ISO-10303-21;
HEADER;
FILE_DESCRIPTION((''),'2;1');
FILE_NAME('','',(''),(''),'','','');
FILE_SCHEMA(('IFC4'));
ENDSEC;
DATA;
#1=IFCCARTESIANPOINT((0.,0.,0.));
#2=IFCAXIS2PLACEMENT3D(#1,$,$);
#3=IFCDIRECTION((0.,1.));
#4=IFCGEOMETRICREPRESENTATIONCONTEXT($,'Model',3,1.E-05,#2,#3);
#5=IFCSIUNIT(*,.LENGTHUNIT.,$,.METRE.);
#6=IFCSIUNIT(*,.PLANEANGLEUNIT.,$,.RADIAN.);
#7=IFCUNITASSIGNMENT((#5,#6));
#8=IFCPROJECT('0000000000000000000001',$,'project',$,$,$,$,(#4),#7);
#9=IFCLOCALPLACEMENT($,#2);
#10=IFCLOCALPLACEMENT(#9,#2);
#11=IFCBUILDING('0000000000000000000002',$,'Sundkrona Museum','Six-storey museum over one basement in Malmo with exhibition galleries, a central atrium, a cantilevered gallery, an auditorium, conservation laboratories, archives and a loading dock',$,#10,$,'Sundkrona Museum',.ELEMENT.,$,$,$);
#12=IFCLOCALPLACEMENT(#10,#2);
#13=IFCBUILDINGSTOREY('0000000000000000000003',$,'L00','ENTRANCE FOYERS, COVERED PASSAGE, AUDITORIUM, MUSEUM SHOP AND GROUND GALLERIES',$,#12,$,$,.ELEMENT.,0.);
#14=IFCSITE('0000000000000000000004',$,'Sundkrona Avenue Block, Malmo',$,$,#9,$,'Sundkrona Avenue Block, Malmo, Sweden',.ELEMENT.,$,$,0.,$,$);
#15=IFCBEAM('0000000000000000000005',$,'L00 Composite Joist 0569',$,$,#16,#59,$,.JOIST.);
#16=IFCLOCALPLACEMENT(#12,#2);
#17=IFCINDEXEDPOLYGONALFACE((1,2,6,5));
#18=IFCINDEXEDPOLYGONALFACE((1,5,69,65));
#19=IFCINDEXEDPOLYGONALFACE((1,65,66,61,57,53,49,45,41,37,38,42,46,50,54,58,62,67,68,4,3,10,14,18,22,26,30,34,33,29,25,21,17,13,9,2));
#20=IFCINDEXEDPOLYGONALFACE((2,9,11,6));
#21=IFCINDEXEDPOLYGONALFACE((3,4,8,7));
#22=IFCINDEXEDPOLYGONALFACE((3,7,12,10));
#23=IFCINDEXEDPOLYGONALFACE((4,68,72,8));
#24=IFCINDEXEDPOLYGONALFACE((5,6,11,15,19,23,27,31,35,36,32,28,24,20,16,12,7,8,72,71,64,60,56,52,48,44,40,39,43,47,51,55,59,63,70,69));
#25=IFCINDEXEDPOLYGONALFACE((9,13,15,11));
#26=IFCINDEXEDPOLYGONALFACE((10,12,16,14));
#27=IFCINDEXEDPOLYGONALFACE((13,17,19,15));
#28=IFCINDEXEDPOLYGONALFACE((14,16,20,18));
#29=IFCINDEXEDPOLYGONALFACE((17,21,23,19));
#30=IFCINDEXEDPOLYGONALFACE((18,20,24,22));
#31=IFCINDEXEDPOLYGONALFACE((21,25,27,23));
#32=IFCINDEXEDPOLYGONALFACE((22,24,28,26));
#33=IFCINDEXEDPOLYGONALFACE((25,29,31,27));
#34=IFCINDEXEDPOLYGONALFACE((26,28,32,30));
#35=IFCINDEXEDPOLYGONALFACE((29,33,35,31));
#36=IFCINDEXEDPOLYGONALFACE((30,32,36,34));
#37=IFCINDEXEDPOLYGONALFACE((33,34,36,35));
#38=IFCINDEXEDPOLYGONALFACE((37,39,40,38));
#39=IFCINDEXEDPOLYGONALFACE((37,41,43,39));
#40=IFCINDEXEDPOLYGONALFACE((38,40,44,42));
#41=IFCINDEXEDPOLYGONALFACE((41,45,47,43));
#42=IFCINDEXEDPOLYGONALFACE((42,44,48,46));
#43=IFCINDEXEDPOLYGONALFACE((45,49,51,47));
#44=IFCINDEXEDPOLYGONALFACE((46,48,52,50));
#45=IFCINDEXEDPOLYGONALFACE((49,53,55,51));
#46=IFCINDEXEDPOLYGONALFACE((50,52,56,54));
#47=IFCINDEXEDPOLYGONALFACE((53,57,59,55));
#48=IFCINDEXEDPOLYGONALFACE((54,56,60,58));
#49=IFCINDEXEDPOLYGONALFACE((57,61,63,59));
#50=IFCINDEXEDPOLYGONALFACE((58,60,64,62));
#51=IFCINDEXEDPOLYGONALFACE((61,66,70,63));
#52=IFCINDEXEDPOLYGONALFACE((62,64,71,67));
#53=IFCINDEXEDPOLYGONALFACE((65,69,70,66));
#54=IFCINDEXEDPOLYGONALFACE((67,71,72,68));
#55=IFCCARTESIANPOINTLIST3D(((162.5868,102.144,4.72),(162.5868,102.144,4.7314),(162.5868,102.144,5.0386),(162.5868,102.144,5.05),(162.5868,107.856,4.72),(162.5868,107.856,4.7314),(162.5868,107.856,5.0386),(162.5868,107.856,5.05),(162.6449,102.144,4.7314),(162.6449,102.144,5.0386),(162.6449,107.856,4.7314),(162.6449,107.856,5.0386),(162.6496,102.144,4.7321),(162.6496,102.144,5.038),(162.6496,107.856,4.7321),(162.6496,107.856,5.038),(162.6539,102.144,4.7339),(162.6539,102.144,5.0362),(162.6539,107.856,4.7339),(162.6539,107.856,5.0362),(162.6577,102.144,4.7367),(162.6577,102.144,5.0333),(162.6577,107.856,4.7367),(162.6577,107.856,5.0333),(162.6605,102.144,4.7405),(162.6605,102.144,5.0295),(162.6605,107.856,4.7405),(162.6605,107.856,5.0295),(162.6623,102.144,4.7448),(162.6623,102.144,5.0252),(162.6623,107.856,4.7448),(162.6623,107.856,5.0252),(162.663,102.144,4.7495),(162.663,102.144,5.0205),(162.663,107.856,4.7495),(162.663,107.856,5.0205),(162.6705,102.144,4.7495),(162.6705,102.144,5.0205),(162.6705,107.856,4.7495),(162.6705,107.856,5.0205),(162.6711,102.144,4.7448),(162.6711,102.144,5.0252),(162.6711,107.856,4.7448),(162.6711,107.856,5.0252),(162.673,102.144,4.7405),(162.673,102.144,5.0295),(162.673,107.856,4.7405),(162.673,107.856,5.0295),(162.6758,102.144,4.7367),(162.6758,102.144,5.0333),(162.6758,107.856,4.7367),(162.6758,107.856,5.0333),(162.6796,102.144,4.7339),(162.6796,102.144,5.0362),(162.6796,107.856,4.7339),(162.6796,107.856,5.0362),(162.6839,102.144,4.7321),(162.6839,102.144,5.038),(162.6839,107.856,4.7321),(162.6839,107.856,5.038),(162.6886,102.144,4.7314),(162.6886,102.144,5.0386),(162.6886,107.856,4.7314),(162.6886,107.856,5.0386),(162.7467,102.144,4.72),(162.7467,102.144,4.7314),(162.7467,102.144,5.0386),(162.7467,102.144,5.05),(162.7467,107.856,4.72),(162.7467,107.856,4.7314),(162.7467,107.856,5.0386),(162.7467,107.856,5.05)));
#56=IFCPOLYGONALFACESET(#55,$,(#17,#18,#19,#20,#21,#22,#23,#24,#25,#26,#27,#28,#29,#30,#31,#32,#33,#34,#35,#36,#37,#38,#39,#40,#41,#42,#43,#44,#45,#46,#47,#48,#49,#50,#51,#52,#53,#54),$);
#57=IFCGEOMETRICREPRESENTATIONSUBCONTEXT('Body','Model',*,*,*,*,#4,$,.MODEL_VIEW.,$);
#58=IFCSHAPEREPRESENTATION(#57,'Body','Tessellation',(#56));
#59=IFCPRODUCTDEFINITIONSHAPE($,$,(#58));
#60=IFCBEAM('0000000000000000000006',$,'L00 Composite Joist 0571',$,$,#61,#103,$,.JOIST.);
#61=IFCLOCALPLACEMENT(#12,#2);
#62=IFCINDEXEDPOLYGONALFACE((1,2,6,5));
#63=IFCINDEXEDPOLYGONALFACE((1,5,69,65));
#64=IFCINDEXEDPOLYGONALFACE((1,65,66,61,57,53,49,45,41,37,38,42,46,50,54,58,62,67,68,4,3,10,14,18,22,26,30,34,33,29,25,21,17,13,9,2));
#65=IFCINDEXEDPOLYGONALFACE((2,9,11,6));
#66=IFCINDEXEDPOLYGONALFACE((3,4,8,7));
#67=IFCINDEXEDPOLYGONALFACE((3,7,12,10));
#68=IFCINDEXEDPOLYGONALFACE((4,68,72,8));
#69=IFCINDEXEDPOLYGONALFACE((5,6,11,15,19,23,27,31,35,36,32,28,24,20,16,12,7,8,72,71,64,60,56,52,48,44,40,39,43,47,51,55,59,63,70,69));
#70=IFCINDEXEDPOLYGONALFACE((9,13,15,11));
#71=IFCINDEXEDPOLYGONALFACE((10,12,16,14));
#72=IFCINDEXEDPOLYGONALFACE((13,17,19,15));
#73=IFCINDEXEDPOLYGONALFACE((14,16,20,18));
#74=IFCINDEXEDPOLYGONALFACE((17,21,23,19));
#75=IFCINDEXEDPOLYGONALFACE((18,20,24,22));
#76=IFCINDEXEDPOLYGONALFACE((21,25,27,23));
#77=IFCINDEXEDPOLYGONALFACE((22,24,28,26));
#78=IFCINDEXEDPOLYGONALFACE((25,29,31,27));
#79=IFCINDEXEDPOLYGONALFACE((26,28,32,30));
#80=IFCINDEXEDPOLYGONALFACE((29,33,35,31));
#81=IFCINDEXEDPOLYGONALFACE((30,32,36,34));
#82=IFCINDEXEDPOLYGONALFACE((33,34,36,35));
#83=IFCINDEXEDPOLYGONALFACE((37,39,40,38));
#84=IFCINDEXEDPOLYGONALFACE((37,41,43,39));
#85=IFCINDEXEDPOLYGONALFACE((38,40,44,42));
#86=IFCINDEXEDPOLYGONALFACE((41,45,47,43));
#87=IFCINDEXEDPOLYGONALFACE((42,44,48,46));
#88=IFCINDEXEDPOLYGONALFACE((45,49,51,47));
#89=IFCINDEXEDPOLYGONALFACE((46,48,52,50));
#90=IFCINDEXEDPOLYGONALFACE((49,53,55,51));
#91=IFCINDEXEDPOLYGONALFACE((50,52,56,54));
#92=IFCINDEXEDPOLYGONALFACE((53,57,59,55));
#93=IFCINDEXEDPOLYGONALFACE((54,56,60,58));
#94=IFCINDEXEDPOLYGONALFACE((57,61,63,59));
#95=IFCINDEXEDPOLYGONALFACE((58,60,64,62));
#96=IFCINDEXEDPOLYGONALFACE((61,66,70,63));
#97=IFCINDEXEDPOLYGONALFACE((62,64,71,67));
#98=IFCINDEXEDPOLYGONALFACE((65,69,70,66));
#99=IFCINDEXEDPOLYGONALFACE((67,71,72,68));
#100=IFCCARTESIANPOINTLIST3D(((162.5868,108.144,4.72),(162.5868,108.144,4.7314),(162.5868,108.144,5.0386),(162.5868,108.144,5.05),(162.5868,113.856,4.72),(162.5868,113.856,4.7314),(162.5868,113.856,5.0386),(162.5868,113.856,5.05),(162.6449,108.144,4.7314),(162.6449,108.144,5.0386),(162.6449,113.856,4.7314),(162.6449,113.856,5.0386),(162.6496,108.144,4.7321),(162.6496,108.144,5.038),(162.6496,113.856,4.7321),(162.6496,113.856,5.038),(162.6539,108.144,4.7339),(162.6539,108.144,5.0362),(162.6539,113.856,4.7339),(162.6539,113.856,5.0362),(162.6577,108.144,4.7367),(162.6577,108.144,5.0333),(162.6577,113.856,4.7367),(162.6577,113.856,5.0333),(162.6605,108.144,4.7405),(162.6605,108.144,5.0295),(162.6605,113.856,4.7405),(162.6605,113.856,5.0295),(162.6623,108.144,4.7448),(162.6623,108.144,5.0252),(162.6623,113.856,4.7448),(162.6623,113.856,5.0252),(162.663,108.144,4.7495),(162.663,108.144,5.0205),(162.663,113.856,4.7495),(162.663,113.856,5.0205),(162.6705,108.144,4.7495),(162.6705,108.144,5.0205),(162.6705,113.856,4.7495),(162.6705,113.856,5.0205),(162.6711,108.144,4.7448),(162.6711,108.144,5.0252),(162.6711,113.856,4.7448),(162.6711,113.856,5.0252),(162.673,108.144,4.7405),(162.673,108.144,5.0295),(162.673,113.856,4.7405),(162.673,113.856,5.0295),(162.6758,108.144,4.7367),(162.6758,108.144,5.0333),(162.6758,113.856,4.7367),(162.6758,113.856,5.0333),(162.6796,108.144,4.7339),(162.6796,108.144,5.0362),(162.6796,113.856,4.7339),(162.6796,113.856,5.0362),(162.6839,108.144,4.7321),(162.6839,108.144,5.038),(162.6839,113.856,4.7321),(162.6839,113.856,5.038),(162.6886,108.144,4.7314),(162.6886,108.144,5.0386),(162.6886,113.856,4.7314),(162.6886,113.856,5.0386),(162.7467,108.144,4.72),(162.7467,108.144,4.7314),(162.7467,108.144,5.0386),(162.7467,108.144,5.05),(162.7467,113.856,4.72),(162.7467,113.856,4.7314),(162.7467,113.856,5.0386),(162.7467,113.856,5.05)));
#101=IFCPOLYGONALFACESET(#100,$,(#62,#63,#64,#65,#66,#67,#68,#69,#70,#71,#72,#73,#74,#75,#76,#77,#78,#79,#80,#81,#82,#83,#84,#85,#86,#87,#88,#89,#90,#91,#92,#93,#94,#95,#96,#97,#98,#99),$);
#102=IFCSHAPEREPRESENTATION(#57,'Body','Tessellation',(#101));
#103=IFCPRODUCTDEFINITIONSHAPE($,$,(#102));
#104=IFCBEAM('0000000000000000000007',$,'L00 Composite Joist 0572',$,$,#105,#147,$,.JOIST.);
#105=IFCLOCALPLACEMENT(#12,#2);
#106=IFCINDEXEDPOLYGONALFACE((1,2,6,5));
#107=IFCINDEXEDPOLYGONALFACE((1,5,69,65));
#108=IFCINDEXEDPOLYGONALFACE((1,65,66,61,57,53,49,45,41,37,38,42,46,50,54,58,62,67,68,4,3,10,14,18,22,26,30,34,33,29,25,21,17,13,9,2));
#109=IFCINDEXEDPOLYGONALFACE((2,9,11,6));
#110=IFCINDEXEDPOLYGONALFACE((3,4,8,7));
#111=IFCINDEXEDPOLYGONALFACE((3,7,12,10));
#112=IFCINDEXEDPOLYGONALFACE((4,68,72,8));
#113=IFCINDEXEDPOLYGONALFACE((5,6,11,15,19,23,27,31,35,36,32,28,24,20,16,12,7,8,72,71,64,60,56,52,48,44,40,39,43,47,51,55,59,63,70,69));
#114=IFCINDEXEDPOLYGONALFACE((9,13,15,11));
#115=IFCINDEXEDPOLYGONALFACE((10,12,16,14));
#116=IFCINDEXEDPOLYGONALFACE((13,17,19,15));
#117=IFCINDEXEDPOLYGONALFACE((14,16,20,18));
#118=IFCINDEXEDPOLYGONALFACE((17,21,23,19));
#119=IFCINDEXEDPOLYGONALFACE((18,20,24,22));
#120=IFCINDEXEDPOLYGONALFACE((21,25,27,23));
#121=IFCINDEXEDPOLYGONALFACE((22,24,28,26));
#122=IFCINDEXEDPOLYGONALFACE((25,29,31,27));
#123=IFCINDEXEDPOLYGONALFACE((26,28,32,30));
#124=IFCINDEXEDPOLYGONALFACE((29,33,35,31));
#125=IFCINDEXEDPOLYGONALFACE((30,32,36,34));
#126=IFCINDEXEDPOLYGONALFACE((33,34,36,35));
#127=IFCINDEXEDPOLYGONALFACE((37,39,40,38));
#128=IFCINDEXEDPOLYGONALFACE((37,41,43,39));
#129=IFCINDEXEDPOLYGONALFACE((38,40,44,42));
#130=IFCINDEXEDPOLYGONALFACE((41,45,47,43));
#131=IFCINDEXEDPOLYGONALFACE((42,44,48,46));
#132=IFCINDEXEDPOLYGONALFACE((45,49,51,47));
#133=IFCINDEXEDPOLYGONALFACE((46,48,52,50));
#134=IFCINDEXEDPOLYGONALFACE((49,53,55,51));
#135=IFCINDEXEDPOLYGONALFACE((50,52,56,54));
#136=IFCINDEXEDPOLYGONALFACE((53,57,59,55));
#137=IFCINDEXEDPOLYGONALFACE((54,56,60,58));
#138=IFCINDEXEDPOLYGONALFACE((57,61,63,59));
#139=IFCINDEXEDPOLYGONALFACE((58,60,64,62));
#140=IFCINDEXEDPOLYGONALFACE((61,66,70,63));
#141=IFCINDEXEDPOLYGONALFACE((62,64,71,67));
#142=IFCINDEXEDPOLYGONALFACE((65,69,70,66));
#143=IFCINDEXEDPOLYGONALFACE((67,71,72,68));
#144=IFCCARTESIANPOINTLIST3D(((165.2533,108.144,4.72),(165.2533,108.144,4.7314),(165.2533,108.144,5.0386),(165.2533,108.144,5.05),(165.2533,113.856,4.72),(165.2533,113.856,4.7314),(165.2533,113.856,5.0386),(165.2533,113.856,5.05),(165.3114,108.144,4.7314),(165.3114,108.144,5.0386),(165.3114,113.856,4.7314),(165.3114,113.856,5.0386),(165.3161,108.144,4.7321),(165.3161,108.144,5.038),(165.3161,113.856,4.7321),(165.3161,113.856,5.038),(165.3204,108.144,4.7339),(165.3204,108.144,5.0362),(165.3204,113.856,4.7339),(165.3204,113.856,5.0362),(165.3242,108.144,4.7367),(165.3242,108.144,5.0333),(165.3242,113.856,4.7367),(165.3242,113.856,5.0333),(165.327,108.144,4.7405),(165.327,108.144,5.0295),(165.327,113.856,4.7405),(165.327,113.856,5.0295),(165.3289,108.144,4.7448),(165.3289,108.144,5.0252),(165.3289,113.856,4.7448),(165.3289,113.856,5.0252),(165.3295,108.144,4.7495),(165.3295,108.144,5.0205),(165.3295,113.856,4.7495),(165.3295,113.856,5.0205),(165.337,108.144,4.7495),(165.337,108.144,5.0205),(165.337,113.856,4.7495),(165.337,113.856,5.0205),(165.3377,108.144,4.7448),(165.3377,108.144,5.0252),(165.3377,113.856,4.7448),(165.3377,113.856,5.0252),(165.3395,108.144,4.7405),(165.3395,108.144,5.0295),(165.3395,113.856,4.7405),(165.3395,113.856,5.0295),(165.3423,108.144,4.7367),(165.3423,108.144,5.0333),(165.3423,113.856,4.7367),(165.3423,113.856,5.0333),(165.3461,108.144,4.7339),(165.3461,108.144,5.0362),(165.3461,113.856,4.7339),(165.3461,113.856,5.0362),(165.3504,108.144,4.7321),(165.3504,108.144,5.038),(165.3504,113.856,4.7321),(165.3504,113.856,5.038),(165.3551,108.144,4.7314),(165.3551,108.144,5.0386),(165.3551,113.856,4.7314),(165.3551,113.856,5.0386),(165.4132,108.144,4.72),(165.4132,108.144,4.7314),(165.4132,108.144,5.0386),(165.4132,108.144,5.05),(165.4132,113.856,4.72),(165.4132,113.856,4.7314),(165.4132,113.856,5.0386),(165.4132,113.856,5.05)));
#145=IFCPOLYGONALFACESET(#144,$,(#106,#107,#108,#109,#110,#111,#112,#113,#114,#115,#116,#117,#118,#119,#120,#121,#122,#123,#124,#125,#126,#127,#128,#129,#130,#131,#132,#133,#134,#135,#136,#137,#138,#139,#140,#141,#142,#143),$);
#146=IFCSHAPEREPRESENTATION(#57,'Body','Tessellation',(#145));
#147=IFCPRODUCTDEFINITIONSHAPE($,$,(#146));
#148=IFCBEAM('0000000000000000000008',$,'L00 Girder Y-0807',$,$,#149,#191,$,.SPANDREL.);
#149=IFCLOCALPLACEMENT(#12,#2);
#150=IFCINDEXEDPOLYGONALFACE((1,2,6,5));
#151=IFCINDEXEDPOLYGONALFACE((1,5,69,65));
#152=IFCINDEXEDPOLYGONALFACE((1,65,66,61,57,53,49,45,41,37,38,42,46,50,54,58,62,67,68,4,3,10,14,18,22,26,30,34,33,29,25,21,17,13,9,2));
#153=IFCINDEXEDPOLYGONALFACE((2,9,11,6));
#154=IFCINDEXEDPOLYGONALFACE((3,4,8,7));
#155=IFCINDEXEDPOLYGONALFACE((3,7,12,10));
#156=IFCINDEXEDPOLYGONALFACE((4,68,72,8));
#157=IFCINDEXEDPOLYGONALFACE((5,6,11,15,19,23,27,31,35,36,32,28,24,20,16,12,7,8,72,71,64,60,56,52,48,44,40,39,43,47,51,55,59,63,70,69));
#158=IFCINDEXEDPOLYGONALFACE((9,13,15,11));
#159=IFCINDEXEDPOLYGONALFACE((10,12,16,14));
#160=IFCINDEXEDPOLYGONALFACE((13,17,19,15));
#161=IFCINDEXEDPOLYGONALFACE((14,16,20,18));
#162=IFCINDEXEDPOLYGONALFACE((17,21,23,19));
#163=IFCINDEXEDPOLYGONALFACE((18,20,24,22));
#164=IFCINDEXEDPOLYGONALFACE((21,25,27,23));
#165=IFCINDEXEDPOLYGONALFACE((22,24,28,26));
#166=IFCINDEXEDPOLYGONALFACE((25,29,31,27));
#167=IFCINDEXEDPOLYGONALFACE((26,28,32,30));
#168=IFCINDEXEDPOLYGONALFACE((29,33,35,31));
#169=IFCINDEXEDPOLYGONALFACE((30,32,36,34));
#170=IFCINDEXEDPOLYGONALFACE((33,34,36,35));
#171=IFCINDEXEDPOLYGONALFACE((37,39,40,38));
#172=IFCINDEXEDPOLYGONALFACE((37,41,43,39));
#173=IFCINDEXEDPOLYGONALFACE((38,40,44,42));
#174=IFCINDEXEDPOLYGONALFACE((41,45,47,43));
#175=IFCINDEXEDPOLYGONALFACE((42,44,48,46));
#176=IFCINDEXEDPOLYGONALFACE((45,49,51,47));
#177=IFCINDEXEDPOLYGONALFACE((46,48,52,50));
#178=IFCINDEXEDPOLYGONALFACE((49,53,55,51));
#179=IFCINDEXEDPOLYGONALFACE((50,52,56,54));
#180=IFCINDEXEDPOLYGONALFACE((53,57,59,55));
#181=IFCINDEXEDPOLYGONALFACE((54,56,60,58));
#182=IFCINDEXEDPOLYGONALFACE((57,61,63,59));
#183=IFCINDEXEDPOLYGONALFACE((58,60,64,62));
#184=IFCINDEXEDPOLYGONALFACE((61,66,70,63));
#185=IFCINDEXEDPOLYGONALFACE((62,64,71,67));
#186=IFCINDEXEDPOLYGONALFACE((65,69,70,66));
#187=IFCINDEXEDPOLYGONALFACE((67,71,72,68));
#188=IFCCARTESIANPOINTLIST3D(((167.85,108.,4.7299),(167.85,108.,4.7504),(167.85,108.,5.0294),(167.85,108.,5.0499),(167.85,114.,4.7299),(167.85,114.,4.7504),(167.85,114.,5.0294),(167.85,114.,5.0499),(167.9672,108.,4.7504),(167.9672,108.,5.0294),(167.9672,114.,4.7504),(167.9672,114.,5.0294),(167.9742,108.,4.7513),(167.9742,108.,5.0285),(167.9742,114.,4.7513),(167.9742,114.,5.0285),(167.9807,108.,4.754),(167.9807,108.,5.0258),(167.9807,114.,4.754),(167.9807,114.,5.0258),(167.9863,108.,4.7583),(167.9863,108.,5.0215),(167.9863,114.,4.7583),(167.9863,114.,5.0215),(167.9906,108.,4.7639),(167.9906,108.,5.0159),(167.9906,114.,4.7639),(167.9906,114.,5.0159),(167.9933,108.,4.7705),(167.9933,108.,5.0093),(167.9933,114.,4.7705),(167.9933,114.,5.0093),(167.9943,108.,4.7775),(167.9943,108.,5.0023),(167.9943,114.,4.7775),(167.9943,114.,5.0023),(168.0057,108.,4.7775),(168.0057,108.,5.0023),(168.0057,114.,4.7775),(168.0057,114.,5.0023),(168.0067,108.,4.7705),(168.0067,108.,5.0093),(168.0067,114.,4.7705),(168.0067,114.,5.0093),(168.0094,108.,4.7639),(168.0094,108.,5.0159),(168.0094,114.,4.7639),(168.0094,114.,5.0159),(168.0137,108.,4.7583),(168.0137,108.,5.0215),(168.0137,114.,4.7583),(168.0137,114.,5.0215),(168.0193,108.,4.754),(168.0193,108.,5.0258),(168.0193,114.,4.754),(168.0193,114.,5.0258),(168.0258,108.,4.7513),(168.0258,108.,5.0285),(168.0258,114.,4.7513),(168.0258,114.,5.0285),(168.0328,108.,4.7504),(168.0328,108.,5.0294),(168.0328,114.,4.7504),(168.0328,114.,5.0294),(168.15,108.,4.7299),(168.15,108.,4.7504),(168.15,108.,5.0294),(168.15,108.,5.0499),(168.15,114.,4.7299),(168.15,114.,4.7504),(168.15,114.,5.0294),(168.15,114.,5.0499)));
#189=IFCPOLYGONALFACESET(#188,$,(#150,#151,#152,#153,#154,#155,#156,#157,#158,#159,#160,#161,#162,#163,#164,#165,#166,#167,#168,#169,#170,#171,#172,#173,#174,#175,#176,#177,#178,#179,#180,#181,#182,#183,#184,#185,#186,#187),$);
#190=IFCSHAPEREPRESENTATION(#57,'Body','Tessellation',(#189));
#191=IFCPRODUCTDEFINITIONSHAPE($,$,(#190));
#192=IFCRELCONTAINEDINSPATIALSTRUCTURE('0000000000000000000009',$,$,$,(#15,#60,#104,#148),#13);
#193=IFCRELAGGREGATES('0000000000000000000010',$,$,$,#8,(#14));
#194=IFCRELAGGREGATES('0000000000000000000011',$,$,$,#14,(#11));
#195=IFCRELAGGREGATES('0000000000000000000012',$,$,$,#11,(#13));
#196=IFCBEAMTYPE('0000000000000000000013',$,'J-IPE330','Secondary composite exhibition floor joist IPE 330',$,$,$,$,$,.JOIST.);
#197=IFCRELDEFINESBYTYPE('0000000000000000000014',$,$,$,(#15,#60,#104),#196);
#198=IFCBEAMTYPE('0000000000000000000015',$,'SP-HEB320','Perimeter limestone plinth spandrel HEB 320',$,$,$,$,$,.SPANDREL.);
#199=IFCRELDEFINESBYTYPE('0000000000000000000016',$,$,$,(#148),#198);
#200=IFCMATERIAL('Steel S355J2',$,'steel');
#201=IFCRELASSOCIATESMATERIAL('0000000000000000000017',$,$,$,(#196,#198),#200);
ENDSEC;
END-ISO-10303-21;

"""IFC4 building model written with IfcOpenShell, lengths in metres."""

from ifc_helpers import new_model, si_unit, direction, frame, origin, origin_2d, place, context, subcontext, project, spatial, i_section, extrude, material, material_profile, profile_set, type_object, element, save


model = new_model("IFC4")

# Units and contexts
model_context = context("Model", 3, precision=1e-05, world=origin(), true_north=direction((0.0, 1.0)))
body_context = subcontext(model_context, "Body", "Model", "MODEL_VIEW")
ifc_project = project(units=[si_unit("LENGTHUNIT", "METRE"), si_unit("PLANEANGLEUNIT", "RADIAN")], contexts=[model_context])

# Site, building, storey
site_placement = place(None, origin())
site = spatial("IfcSite", under=ifc_project, at=site_placement, Name="Sundkrona Avenue Block, Malmo", LongName="Sundkrona Avenue Block, Malmo, Sweden", CompositionType="ELEMENT", RefElevation=0.0)
building_placement = place(site_placement, origin())
building = spatial("IfcBuilding", under=site, at=building_placement, Name="Sundkrona Museum", Description="Six-storey museum over one basement in Malmo with exhibition galleries, a central atrium, a cantilevered gallery, an auditorium, conservation laboratories, archives and a loading dock", LongName="Sundkrona Museum", CompositionType="ELEMENT")
storey_placement = place(building_placement, origin())
storey = spatial("IfcBuildingStorey", under=building, at=storey_placement, Name="L00", Description="ENTRANCE FOYERS, COVERED PASSAGE, AUDITORIUM, MUSEUM SHOP AND GROUND GALLERIES", CompositionType="ELEMENT", Elevation=0.0)

# Shared definitions
ifc_material_1 = material(Name="Steel S355J2", Category="steel")

# Beams
ifc_material_profile_1 = material_profile(ifc_material_1, i_section(OverallWidth=0.1599, OverallDepth=0.3301, WebThickness=0.0076, FlangeThickness=0.0115, FilletRadius=0.0181, at=origin_2d()), Name="IPE 330")
ifc_profile_set_1 = profile_set([ifc_material_profile_1], Name="Steel S355J2")
beam_type_1 = type_object("IfcBeamType", Name="J-IPE330", Description="Secondary composite exhibition floor joist IPE 330", PredefinedType="JOIST", material=ifc_profile_set_1)
for number, where, z_axis, x_axis, name in (
    (1, (162.6667, 102.144, 4.885), (0.0, 1.0, 0.0), (-1.0, 0.0, 0.0), "L00 Composite Joist 0569"),
    (2, (162.6667, 108.144, 4.885), (0.0, 1.0, 0.0), (-1.0, 0.0, 0.0), "L00 Composite Joist 0571"),
    (3, (165.3333, 108.144, 4.885), (0.0, 1.0, 0.0), (-1.0, 0.0, 0.0), "L00 Composite Joist 0572"),
):
    element("IfcBeam", number, at=place(storey_placement, frame(where, z_axis=z_axis, x_axis=x_axis)), inside=storey, type_object=beam_type_1, Name=name, PredefinedType="JOIST", context=body_context, shape_type="SweptSolid", body=[
        extrude(i_section(OverallWidth=0.1599, OverallDepth=0.3301, WebThickness=0.0076, FlangeThickness=0.0115, FilletRadius=0.0181, at=origin_2d()), origin(), (0.0, 0.0, 1.0), 5.7119),
    ])
ifc_material_profile_2 = material_profile(ifc_material_1, i_section(OverallWidth=0.3, OverallDepth=0.3201, WebThickness=0.0115, FlangeThickness=0.0205, FilletRadius=0.0271, at=origin_2d()), Name="HEB 320")
ifc_profile_set_2 = profile_set([ifc_material_profile_2], Name="Steel S355J2")
beam_type_2 = type_object("IfcBeamType", Name="SP-HEB320", Description="Perimeter limestone plinth spandrel HEB 320", PredefinedType="SPANDREL", material=ifc_profile_set_2)
beam_1_placement = place(storey_placement, frame((168.0, 108.0, 4.8899), z_axis=(0.0, 1.0, 0.0), x_axis=(-1.0, 0.0, 0.0)))
element("IfcBeam", 4, at=beam_1_placement, inside=storey, type_object=beam_type_2, Name="L00 Girder Y-0807", PredefinedType="SPANDREL", context=body_context, shape_type="SweptSolid", body=[
    extrude(i_section(OverallWidth=0.3, OverallDepth=0.3201, WebThickness=0.0115, FlangeThickness=0.0205, FilletRadius=0.0271, at=origin_2d()), origin(), (0.0, 0.0, 1.0), 6.0),
])

save(model, "model.ifc")
